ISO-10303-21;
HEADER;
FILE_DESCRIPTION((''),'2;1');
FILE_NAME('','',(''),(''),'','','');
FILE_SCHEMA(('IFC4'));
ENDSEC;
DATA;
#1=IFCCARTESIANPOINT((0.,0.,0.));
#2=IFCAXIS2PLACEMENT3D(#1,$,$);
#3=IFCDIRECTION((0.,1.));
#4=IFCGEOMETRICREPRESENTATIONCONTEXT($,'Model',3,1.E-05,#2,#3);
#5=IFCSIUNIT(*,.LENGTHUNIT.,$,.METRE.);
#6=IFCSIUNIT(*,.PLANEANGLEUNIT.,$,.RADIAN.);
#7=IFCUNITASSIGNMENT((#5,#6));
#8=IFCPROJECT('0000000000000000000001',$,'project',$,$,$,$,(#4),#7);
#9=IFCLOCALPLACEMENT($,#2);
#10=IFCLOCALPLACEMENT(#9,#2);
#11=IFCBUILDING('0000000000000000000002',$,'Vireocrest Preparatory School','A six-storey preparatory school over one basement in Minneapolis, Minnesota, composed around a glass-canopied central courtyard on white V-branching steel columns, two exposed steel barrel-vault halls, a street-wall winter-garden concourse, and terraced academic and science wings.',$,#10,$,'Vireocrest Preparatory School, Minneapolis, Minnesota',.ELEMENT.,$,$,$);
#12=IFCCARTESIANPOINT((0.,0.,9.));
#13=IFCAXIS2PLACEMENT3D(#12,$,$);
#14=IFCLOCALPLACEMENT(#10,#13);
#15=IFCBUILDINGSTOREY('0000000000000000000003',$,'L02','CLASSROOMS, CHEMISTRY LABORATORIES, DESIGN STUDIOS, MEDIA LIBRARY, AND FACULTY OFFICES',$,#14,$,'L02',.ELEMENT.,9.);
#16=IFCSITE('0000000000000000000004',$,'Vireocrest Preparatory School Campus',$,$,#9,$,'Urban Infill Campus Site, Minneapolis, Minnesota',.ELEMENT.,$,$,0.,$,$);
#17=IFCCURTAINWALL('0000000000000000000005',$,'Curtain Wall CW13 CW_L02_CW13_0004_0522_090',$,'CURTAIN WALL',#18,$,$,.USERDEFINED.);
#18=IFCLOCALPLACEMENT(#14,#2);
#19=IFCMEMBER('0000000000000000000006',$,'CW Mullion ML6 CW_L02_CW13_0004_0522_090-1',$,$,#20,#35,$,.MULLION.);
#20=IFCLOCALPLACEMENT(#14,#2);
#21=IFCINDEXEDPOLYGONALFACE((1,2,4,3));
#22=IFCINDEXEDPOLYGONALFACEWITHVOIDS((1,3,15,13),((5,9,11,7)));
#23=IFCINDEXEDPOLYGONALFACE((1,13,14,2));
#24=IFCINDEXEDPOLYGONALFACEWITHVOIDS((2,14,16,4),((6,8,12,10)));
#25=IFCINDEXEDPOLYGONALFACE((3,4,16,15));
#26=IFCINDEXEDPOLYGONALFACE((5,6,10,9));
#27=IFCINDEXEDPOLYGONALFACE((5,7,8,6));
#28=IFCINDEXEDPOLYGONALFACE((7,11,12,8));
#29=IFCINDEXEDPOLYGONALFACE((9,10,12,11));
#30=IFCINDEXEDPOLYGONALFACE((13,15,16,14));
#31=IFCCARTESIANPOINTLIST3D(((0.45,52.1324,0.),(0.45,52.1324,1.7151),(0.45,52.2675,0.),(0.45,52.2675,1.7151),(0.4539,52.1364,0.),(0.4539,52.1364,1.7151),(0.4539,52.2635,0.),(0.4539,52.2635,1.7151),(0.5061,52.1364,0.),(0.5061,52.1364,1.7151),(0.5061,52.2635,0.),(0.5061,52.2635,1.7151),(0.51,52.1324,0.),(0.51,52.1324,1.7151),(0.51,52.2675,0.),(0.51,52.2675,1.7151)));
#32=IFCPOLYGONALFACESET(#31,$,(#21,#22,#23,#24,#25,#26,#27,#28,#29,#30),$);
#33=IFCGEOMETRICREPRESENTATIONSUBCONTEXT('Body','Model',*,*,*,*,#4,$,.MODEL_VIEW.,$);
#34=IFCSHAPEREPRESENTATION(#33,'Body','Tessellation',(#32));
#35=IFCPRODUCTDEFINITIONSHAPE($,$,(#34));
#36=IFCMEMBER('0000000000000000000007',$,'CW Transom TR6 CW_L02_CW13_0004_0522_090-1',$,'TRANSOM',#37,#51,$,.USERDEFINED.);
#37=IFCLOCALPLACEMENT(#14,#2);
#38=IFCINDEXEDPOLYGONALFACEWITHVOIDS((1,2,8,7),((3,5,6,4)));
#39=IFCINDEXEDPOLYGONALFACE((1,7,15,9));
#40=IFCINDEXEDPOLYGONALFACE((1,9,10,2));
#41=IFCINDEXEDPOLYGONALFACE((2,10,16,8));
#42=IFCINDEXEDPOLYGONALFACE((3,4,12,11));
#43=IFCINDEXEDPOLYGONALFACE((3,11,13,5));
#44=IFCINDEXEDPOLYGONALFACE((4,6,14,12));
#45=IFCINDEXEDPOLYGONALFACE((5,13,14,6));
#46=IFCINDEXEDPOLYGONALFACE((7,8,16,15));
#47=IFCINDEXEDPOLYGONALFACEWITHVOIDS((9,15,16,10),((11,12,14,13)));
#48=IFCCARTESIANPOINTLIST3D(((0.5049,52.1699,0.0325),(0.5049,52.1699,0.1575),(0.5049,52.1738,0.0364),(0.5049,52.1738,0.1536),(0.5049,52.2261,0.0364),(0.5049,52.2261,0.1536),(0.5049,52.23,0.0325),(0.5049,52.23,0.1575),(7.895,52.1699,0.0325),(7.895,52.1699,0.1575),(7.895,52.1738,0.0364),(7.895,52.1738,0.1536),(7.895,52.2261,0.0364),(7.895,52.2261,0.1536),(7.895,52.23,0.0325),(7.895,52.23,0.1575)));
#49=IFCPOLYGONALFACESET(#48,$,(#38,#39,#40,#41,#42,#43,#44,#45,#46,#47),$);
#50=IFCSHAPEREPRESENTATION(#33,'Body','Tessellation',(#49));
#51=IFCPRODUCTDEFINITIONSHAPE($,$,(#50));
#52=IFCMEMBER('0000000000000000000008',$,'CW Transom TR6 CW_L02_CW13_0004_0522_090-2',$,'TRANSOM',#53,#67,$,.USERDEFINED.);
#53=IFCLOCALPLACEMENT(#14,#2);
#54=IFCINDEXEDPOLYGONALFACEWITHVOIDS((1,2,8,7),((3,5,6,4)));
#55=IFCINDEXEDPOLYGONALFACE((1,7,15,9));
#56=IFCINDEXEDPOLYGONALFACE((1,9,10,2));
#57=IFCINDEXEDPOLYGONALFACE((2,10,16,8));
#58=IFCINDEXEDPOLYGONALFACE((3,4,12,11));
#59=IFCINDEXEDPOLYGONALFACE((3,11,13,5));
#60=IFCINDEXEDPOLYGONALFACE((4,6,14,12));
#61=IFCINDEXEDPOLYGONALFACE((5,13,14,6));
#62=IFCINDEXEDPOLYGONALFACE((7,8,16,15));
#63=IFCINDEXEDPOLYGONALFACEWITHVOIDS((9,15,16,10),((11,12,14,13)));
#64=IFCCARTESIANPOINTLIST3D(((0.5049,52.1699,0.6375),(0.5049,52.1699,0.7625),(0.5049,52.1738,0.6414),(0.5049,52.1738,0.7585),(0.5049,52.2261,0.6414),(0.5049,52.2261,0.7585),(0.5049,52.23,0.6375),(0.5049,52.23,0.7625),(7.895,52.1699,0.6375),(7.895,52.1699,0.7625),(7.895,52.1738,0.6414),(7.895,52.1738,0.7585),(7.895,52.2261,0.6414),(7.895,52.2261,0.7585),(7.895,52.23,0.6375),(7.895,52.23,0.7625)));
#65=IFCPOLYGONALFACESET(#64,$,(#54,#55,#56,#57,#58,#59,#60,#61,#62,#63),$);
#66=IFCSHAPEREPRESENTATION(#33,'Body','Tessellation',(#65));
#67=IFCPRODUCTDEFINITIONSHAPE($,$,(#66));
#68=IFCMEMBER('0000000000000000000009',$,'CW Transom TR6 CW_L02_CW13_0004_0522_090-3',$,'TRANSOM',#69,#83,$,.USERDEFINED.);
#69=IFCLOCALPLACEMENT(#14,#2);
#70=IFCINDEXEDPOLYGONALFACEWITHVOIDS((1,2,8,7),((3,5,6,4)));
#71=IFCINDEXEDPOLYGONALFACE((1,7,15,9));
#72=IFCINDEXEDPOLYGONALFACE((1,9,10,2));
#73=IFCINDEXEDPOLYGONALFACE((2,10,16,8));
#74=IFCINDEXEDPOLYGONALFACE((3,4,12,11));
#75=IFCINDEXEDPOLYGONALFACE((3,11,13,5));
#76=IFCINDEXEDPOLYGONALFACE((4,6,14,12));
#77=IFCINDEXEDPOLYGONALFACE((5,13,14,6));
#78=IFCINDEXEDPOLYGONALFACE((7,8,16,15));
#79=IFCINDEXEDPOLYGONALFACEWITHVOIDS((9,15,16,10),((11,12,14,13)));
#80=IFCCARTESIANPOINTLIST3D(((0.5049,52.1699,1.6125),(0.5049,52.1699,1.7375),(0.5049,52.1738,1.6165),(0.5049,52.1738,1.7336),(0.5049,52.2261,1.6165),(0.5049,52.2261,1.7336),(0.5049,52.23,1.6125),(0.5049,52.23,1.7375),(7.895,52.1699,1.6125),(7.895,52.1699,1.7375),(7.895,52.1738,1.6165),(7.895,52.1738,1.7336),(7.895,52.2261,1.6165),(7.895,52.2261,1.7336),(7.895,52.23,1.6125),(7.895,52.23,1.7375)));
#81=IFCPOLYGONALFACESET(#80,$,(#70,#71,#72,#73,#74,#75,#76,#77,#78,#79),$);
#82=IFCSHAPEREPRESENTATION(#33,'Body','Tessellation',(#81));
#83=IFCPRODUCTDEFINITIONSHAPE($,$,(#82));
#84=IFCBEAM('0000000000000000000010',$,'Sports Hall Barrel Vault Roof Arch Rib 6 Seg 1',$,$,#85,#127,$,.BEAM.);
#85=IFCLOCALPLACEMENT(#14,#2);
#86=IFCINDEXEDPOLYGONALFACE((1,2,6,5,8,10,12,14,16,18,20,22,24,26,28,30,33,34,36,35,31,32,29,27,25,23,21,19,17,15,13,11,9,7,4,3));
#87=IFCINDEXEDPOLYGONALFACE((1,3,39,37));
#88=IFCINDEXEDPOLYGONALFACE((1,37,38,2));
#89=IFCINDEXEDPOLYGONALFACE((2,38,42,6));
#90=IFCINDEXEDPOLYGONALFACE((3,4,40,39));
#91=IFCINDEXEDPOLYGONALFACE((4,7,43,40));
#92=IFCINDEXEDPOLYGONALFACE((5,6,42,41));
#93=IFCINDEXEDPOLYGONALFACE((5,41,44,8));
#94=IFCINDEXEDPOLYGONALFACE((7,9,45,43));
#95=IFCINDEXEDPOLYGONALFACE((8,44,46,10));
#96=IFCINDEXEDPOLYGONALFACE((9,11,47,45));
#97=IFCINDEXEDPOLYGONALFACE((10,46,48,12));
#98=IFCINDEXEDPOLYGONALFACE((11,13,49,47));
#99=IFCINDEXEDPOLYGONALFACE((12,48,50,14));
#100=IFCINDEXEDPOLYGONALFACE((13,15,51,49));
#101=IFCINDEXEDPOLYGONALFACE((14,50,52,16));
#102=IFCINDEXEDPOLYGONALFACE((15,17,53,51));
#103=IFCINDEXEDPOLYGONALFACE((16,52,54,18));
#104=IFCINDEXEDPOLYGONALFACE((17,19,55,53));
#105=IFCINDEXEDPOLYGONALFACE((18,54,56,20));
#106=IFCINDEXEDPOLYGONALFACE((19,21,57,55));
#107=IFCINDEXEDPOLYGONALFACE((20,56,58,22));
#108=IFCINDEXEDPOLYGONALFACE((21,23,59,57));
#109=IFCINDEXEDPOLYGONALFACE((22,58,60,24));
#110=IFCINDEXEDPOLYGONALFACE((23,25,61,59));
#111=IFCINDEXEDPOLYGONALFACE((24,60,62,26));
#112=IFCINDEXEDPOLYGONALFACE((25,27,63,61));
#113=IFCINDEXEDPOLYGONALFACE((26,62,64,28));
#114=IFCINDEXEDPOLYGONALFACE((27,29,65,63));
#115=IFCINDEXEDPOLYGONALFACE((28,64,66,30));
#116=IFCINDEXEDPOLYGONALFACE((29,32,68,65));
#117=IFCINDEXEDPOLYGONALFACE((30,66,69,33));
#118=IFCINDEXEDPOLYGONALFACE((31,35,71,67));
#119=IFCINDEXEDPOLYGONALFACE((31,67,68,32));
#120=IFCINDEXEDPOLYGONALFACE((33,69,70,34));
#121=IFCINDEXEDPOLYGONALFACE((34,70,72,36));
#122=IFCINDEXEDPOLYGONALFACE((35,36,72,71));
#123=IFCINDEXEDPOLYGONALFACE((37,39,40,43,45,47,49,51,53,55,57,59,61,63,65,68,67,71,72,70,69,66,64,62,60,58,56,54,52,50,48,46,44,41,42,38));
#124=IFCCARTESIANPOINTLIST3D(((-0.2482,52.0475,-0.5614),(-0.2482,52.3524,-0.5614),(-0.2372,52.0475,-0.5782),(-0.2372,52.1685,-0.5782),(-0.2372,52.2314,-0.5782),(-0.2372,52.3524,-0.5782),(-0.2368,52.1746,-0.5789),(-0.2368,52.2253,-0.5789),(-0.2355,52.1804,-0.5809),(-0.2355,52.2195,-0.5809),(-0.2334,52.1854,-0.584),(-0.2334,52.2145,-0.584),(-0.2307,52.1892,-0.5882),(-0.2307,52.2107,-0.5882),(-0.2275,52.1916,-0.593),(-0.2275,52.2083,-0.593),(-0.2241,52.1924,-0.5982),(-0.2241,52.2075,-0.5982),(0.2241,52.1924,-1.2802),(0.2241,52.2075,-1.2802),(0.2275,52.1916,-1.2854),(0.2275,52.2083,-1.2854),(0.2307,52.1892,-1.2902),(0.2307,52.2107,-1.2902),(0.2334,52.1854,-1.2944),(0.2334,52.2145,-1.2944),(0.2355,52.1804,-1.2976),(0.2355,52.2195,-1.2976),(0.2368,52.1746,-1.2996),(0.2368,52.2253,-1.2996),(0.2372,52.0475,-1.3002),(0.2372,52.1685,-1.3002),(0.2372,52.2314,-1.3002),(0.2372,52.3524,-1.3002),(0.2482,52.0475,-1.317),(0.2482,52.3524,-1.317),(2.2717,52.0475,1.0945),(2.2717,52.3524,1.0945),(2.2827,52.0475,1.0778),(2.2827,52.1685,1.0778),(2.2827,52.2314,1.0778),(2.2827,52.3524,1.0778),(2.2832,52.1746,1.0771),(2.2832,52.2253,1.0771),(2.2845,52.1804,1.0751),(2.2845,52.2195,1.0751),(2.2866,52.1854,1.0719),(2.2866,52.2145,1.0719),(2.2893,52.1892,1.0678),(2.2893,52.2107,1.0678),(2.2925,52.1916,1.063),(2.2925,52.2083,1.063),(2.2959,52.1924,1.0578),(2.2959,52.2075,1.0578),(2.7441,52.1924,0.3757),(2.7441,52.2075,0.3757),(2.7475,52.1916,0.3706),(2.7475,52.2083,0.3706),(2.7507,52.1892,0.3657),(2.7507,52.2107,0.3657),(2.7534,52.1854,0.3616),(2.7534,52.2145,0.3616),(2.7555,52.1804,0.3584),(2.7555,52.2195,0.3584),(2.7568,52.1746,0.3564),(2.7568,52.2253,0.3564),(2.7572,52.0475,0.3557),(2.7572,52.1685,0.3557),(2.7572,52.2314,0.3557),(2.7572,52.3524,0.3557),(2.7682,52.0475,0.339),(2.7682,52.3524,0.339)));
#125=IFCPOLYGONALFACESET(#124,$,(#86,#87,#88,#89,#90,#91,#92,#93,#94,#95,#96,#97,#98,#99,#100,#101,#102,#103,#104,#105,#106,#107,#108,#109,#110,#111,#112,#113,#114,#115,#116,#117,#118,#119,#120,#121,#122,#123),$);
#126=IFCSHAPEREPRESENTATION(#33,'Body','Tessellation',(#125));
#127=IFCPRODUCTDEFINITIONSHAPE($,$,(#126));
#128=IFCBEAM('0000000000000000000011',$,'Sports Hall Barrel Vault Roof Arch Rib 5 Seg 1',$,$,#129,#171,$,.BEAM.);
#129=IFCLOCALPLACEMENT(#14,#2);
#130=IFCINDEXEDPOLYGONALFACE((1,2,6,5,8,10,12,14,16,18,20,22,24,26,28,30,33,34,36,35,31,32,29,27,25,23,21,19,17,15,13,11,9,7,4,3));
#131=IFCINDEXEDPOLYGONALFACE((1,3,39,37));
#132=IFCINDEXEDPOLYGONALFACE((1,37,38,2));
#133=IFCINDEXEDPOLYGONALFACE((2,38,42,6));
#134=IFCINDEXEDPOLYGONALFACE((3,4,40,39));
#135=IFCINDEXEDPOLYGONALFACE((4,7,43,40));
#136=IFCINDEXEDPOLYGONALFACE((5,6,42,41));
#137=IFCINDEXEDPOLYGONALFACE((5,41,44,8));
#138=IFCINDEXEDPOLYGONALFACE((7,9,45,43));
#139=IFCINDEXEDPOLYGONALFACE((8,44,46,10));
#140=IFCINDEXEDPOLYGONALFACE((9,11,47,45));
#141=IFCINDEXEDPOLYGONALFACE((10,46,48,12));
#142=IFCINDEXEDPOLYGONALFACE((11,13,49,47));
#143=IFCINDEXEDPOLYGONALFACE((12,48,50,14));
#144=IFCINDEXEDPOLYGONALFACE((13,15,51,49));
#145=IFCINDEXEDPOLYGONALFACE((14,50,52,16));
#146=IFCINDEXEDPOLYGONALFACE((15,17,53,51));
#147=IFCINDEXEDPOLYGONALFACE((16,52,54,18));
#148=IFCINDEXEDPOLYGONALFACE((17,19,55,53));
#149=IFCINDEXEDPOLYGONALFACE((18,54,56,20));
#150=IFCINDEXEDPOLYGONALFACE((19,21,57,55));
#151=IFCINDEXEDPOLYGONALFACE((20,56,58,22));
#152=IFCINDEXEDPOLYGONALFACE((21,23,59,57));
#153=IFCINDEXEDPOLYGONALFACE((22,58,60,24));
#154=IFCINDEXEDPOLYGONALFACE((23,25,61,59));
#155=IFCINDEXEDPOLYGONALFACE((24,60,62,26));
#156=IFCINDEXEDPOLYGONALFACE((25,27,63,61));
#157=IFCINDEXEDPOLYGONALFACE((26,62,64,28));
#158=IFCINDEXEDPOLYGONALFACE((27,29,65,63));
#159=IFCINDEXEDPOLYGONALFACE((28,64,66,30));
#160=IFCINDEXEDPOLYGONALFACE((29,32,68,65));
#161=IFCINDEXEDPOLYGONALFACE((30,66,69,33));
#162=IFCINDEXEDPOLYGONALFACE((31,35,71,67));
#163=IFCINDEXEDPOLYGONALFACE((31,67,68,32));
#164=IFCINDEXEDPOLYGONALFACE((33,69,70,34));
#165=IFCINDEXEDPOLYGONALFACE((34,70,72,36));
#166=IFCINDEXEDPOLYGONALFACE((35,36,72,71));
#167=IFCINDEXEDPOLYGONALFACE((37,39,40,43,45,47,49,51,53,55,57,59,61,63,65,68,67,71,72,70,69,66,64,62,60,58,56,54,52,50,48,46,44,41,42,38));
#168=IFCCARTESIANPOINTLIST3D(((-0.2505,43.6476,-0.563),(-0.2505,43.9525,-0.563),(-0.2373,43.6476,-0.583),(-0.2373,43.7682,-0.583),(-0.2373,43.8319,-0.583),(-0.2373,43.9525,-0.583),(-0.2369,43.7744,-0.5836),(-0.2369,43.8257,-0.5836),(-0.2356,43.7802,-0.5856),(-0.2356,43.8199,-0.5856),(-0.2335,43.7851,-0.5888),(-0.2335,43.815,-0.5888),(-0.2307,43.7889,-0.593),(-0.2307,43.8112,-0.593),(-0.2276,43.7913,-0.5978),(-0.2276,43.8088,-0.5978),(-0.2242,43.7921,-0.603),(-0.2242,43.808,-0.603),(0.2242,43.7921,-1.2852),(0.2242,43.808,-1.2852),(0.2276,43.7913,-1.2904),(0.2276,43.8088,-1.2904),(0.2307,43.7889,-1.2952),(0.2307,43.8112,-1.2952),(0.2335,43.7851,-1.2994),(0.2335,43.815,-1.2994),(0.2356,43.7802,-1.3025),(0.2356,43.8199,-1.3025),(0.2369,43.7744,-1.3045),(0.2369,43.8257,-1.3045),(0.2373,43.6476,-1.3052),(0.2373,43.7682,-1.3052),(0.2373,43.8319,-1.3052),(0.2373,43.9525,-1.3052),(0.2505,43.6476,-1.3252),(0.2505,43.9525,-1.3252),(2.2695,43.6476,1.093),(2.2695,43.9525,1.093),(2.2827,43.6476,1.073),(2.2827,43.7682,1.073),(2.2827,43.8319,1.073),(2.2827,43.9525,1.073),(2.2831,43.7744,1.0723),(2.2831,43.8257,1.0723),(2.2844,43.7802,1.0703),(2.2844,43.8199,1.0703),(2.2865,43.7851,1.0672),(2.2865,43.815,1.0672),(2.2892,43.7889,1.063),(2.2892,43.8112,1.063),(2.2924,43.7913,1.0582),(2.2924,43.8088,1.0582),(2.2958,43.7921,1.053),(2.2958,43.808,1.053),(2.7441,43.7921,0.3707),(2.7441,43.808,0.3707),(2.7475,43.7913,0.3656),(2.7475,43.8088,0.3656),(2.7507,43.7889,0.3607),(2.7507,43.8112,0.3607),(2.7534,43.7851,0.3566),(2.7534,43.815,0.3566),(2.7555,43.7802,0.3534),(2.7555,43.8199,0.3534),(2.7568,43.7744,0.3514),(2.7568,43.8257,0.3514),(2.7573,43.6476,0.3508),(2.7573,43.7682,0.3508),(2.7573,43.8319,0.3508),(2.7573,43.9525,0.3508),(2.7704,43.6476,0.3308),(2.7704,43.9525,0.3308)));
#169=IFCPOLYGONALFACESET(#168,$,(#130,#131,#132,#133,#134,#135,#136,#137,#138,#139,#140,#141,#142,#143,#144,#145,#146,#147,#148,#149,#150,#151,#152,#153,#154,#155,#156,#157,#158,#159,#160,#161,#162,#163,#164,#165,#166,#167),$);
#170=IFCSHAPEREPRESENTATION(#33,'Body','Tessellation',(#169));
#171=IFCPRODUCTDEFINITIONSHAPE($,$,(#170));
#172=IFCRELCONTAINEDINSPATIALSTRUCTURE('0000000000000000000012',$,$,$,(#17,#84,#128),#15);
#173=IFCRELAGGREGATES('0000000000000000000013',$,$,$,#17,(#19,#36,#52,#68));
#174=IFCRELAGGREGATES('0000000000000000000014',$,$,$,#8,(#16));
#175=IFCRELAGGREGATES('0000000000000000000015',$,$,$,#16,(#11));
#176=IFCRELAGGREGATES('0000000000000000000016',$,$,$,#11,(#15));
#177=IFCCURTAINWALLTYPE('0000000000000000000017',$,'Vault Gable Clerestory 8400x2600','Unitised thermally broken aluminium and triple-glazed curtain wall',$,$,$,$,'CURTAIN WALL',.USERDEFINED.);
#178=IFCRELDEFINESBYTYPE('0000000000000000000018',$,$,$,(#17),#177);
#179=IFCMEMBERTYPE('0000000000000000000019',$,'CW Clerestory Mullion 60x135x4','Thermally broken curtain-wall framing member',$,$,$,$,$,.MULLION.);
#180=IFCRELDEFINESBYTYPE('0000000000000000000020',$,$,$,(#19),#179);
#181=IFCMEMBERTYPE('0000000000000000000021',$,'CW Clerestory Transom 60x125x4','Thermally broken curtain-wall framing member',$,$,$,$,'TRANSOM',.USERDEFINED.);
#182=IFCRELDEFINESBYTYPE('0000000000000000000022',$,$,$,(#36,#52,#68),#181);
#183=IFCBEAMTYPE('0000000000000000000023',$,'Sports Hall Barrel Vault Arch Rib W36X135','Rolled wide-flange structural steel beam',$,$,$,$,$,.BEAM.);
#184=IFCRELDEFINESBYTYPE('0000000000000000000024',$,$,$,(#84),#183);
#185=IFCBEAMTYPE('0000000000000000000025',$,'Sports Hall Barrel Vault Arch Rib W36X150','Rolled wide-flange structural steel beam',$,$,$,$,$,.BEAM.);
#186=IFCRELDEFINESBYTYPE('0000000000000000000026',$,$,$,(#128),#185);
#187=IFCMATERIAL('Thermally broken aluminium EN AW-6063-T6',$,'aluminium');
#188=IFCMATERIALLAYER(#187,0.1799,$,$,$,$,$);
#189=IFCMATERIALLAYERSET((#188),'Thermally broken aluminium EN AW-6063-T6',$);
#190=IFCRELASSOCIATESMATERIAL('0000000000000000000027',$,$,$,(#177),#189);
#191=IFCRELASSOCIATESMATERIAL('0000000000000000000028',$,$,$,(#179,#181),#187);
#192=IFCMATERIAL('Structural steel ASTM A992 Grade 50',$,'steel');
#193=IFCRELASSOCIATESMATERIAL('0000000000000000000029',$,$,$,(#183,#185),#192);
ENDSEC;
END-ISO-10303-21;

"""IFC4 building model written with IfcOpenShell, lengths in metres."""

from ifc_helpers import new_model, si_unit, direction, frame, origin, origin_2d, place, context, subcontext, project, spatial, hollow_rectangle, i_section, extrude, material, layer, layer_set, material_profile, profile_set, type_object, element, aggregate, save


model = new_model("IFC4")

# Units and contexts
model_context = context("Model", 3, precision=1e-05, world=origin(), true_north=direction((0.0, 1.0)))
body_context = subcontext(model_context, "Body", "Model", "MODEL_VIEW")
ifc_project = project(units=[si_unit("LENGTHUNIT", "METRE"), si_unit("PLANEANGLEUNIT", "RADIAN")], contexts=[model_context])

# Site, building, storey
site_placement = place(None, origin())
site = spatial("IfcSite", under=ifc_project, at=site_placement, Name="Vireocrest Preparatory School Campus", LongName="Urban Infill Campus Site, Minneapolis, Minnesota", CompositionType="ELEMENT", RefElevation=0.0)
building_placement = place(site_placement, origin())
building = spatial("IfcBuilding", under=site, at=building_placement, Name="Vireocrest Preparatory School", Description="A six-storey preparatory school over one basement in Minneapolis, Minnesota, composed around a glass-canopied central courtyard on white V-branching steel columns, two exposed steel barrel-vault halls, a street-wall winter-garden concourse, and terraced academic and science wings.", LongName="Vireocrest Preparatory School, Minneapolis, Minnesota", CompositionType="ELEMENT")
storey_placement = place(building_placement, frame((0.0, 0.0, 9.0)))
storey = spatial("IfcBuildingStorey", under=building, at=storey_placement, Name="L02", Description="CLASSROOMS, CHEMISTRY LABORATORIES, DESIGN STUDIOS, MEDIA LIBRARY, AND FACULTY OFFICES", LongName="L02", CompositionType="ELEMENT", Elevation=9.0)

# Curtain wall, members
ifc_material_1 = material(Name="Thermally broken aluminium EN AW-6063-T6", Category="aluminium")
ifc_layer_1 = layer(ifc_material_1, 0.1799)
ifc_layer_set_1 = layer_set([ifc_layer_1], Name="Thermally broken aluminium EN AW-6063-T6")
curtain_wall_type = type_object("IfcCurtainWallType", Name="Vault Gable Clerestory 8400x2600", Description="Unitised thermally broken aluminium and triple-glazed curtain wall", ElementType="CURTAIN WALL", PredefinedType="USERDEFINED", material=ifc_layer_set_1)
curtain_wall_placement = place(storey_placement, origin())
curtain_wall = element("IfcCurtainWall", 1, at=curtain_wall_placement, inside=storey, type_object=curtain_wall_type, Name="Curtain Wall CW13 CW_L02_CW13_0004_0522_090", ObjectType="CURTAIN WALL", PredefinedType="USERDEFINED")
ifc_material_profile_1 = material_profile(ifc_material_1, hollow_rectangle(XDim=0.0601, YDim=0.135, WallThickness=0.0039, at=origin_2d()), Name="ALU 60x135x4")
ifc_profile_set_1 = profile_set([ifc_material_profile_1], Name="Thermally broken aluminium EN AW-6063-T6")
member_type_1 = type_object("IfcMemberType", Name="CW Clerestory Mullion 60x135x4", Description="Thermally broken curtain-wall framing member", PredefinedType="MULLION", material=ifc_profile_set_1)
member_1_placement = place(storey_placement, frame((0.48, 52.2, 0.0), z_axis=(0.0, 0.0, 1.0), x_axis=(1.0, 0.0, 0.0)))
member_1 = element("IfcMember", 2, at=member_1_placement, type_object=member_type_1, Name="CW Mullion ML6 CW_L02_CW13_0004_0522_090-1", PredefinedType="MULLION", context=body_context, shape_type="SweptSolid", body=[
    extrude(hollow_rectangle(XDim=0.0601, YDim=0.135, WallThickness=0.0039, at=origin_2d()), origin(), (0.0, 0.0, 1.0), 1.7151),
])
ifc_material_profile_2 = material_profile(ifc_material_1, hollow_rectangle(XDim=0.0601, YDim=0.125, WallThickness=0.0039, at=origin_2d()), Name="ALU 60x125x4")
ifc_profile_set_2 = profile_set([ifc_material_profile_2], Name="Thermally broken aluminium EN AW-6063-T6")
member_type_2 = type_object("IfcMemberType", Name="CW Clerestory Transom 60x125x4", Description="Thermally broken curtain-wall framing member", ElementType="TRANSOM", PredefinedType="USERDEFINED", material=ifc_profile_set_2)
member_2_placement = place(storey_placement, frame((0.5049, 52.2, 0.095), z_axis=(1.0, 0.0, 0.0), x_axis=(0.0, 1.0, 0.0)))
member_2 = element("IfcMember", 3, at=member_2_placement, type_object=member_type_2, Name="CW Transom TR6 CW_L02_CW13_0004_0522_090-1", ObjectType="TRANSOM", PredefinedType="USERDEFINED", context=body_context, shape_type="SweptSolid", body=[
    extrude(hollow_rectangle(XDim=0.0601, YDim=0.125, WallThickness=0.0039, at=origin_2d()), origin(), (0.0, 0.0, 1.0), 7.3901),
])
member_3_placement = place(storey_placement, frame((0.5049, 52.2, 0.7), z_axis=(1.0, 0.0, 0.0), x_axis=(0.0, 1.0, 0.0)))
member_3 = element("IfcMember", 4, at=member_3_placement, type_object=member_type_2, Name="CW Transom TR6 CW_L02_CW13_0004_0522_090-2", ObjectType="TRANSOM", PredefinedType="USERDEFINED", context=body_context, shape_type="SweptSolid", body=[
    extrude(hollow_rectangle(XDim=0.0601, YDim=0.125, WallThickness=0.0039, at=origin_2d()), origin(), (0.0, 0.0, 1.0), 7.3901),
])
member_4_placement = place(storey_placement, frame((0.5049, 52.2, 1.675), z_axis=(1.0, 0.0, 0.0), x_axis=(0.0, 1.0, 0.0)))
member_4 = element("IfcMember", 5, at=member_4_placement, type_object=member_type_2, Name="CW Transom TR6 CW_L02_CW13_0004_0522_090-3", ObjectType="TRANSOM", PredefinedType="USERDEFINED", context=body_context, shape_type="SweptSolid", body=[
    extrude(hollow_rectangle(XDim=0.0601, YDim=0.125, WallThickness=0.0039, at=origin_2d()), origin(), (0.0, 0.0, 1.0), 7.3901),
])
aggregate(curtain_wall, [member_1, member_2, member_3, member_4])

# Beams
ifc_material_2 = material(Name="Structural steel ASTM A992 Grade 50", Category="steel")
ifc_material_profile_3 = material_profile(ifc_material_2, i_section(OverallWidth=0.3049, OverallDepth=0.9041, WebThickness=0.0151, FlangeThickness=0.02, FilletRadius=0.0239, at=origin_2d()), Name="W36X135")
ifc_profile_set_3 = profile_set([ifc_material_profile_3], Name="Structural steel ASTM A992 Grade 50")
beam_type_1 = type_object("IfcBeamType", Name="Sports Hall Barrel Vault Arch Rib W36X135", Description="Rolled wide-flange structural steel beam", PredefinedType="BEAM", material=ifc_profile_set_3)
beam_1_placement = place(storey_placement, frame((0.0, 52.2, -0.9392), z_axis=(0.835707, 0.0, 0.549176), x_axis=(0.0, 1.0, 0.0)))
element("IfcBeam", 6, at=beam_1_placement, inside=storey, type_object=beam_type_1, Name="Sports Hall Barrel Vault Roof Arch Rib 6 Seg 1", PredefinedType="BEAM", context=body_context, shape_type="SweptSolid", body=[
    extrude(i_section(OverallWidth=0.3049, OverallDepth=0.9041, WebThickness=0.0151, FlangeThickness=0.02, FilletRadius=0.0239, at=origin_2d()), origin(), (0.0, 0.0, 1.0), 3.0154),
])
ifc_material_profile_4 = material_profile(ifc_material_2, i_section(OverallWidth=0.3049, OverallDepth=0.9121, WebThickness=0.0159, FlangeThickness=0.0239, FilletRadius=0.0239, at=origin_2d()), Name="W36X150")
ifc_profile_set_4 = profile_set([ifc_material_profile_4], Name="Structural steel ASTM A992 Grade 50")
beam_type_2 = type_object("IfcBeamType", Name="Sports Hall Barrel Vault Arch Rib W36X150", Description="Rolled wide-flange structural steel beam", PredefinedType="BEAM", material=ifc_profile_set_4)
beam_2_placement = place(storey_placement, frame((0.0, 43.8, -0.9441), z_axis=(0.835707, 0.0, 0.549176), x_axis=(0.0, 1.0, 0.0)))
element("IfcBeam", 7, at=beam_2_placement, inside=storey, type_object=beam_type_2, Name="Sports Hall Barrel Vault Roof Arch Rib 5 Seg 1", PredefinedType="BEAM", context=body_context, shape_type="SweptSolid", body=[
    extrude(i_section(OverallWidth=0.3049, OverallDepth=0.9121, WebThickness=0.0159, FlangeThickness=0.0239, FilletRadius=0.0239, at=origin_2d()), origin(), (0.0, 0.0, 1.0), 3.0154),
])

save(model, "model.ifc")
